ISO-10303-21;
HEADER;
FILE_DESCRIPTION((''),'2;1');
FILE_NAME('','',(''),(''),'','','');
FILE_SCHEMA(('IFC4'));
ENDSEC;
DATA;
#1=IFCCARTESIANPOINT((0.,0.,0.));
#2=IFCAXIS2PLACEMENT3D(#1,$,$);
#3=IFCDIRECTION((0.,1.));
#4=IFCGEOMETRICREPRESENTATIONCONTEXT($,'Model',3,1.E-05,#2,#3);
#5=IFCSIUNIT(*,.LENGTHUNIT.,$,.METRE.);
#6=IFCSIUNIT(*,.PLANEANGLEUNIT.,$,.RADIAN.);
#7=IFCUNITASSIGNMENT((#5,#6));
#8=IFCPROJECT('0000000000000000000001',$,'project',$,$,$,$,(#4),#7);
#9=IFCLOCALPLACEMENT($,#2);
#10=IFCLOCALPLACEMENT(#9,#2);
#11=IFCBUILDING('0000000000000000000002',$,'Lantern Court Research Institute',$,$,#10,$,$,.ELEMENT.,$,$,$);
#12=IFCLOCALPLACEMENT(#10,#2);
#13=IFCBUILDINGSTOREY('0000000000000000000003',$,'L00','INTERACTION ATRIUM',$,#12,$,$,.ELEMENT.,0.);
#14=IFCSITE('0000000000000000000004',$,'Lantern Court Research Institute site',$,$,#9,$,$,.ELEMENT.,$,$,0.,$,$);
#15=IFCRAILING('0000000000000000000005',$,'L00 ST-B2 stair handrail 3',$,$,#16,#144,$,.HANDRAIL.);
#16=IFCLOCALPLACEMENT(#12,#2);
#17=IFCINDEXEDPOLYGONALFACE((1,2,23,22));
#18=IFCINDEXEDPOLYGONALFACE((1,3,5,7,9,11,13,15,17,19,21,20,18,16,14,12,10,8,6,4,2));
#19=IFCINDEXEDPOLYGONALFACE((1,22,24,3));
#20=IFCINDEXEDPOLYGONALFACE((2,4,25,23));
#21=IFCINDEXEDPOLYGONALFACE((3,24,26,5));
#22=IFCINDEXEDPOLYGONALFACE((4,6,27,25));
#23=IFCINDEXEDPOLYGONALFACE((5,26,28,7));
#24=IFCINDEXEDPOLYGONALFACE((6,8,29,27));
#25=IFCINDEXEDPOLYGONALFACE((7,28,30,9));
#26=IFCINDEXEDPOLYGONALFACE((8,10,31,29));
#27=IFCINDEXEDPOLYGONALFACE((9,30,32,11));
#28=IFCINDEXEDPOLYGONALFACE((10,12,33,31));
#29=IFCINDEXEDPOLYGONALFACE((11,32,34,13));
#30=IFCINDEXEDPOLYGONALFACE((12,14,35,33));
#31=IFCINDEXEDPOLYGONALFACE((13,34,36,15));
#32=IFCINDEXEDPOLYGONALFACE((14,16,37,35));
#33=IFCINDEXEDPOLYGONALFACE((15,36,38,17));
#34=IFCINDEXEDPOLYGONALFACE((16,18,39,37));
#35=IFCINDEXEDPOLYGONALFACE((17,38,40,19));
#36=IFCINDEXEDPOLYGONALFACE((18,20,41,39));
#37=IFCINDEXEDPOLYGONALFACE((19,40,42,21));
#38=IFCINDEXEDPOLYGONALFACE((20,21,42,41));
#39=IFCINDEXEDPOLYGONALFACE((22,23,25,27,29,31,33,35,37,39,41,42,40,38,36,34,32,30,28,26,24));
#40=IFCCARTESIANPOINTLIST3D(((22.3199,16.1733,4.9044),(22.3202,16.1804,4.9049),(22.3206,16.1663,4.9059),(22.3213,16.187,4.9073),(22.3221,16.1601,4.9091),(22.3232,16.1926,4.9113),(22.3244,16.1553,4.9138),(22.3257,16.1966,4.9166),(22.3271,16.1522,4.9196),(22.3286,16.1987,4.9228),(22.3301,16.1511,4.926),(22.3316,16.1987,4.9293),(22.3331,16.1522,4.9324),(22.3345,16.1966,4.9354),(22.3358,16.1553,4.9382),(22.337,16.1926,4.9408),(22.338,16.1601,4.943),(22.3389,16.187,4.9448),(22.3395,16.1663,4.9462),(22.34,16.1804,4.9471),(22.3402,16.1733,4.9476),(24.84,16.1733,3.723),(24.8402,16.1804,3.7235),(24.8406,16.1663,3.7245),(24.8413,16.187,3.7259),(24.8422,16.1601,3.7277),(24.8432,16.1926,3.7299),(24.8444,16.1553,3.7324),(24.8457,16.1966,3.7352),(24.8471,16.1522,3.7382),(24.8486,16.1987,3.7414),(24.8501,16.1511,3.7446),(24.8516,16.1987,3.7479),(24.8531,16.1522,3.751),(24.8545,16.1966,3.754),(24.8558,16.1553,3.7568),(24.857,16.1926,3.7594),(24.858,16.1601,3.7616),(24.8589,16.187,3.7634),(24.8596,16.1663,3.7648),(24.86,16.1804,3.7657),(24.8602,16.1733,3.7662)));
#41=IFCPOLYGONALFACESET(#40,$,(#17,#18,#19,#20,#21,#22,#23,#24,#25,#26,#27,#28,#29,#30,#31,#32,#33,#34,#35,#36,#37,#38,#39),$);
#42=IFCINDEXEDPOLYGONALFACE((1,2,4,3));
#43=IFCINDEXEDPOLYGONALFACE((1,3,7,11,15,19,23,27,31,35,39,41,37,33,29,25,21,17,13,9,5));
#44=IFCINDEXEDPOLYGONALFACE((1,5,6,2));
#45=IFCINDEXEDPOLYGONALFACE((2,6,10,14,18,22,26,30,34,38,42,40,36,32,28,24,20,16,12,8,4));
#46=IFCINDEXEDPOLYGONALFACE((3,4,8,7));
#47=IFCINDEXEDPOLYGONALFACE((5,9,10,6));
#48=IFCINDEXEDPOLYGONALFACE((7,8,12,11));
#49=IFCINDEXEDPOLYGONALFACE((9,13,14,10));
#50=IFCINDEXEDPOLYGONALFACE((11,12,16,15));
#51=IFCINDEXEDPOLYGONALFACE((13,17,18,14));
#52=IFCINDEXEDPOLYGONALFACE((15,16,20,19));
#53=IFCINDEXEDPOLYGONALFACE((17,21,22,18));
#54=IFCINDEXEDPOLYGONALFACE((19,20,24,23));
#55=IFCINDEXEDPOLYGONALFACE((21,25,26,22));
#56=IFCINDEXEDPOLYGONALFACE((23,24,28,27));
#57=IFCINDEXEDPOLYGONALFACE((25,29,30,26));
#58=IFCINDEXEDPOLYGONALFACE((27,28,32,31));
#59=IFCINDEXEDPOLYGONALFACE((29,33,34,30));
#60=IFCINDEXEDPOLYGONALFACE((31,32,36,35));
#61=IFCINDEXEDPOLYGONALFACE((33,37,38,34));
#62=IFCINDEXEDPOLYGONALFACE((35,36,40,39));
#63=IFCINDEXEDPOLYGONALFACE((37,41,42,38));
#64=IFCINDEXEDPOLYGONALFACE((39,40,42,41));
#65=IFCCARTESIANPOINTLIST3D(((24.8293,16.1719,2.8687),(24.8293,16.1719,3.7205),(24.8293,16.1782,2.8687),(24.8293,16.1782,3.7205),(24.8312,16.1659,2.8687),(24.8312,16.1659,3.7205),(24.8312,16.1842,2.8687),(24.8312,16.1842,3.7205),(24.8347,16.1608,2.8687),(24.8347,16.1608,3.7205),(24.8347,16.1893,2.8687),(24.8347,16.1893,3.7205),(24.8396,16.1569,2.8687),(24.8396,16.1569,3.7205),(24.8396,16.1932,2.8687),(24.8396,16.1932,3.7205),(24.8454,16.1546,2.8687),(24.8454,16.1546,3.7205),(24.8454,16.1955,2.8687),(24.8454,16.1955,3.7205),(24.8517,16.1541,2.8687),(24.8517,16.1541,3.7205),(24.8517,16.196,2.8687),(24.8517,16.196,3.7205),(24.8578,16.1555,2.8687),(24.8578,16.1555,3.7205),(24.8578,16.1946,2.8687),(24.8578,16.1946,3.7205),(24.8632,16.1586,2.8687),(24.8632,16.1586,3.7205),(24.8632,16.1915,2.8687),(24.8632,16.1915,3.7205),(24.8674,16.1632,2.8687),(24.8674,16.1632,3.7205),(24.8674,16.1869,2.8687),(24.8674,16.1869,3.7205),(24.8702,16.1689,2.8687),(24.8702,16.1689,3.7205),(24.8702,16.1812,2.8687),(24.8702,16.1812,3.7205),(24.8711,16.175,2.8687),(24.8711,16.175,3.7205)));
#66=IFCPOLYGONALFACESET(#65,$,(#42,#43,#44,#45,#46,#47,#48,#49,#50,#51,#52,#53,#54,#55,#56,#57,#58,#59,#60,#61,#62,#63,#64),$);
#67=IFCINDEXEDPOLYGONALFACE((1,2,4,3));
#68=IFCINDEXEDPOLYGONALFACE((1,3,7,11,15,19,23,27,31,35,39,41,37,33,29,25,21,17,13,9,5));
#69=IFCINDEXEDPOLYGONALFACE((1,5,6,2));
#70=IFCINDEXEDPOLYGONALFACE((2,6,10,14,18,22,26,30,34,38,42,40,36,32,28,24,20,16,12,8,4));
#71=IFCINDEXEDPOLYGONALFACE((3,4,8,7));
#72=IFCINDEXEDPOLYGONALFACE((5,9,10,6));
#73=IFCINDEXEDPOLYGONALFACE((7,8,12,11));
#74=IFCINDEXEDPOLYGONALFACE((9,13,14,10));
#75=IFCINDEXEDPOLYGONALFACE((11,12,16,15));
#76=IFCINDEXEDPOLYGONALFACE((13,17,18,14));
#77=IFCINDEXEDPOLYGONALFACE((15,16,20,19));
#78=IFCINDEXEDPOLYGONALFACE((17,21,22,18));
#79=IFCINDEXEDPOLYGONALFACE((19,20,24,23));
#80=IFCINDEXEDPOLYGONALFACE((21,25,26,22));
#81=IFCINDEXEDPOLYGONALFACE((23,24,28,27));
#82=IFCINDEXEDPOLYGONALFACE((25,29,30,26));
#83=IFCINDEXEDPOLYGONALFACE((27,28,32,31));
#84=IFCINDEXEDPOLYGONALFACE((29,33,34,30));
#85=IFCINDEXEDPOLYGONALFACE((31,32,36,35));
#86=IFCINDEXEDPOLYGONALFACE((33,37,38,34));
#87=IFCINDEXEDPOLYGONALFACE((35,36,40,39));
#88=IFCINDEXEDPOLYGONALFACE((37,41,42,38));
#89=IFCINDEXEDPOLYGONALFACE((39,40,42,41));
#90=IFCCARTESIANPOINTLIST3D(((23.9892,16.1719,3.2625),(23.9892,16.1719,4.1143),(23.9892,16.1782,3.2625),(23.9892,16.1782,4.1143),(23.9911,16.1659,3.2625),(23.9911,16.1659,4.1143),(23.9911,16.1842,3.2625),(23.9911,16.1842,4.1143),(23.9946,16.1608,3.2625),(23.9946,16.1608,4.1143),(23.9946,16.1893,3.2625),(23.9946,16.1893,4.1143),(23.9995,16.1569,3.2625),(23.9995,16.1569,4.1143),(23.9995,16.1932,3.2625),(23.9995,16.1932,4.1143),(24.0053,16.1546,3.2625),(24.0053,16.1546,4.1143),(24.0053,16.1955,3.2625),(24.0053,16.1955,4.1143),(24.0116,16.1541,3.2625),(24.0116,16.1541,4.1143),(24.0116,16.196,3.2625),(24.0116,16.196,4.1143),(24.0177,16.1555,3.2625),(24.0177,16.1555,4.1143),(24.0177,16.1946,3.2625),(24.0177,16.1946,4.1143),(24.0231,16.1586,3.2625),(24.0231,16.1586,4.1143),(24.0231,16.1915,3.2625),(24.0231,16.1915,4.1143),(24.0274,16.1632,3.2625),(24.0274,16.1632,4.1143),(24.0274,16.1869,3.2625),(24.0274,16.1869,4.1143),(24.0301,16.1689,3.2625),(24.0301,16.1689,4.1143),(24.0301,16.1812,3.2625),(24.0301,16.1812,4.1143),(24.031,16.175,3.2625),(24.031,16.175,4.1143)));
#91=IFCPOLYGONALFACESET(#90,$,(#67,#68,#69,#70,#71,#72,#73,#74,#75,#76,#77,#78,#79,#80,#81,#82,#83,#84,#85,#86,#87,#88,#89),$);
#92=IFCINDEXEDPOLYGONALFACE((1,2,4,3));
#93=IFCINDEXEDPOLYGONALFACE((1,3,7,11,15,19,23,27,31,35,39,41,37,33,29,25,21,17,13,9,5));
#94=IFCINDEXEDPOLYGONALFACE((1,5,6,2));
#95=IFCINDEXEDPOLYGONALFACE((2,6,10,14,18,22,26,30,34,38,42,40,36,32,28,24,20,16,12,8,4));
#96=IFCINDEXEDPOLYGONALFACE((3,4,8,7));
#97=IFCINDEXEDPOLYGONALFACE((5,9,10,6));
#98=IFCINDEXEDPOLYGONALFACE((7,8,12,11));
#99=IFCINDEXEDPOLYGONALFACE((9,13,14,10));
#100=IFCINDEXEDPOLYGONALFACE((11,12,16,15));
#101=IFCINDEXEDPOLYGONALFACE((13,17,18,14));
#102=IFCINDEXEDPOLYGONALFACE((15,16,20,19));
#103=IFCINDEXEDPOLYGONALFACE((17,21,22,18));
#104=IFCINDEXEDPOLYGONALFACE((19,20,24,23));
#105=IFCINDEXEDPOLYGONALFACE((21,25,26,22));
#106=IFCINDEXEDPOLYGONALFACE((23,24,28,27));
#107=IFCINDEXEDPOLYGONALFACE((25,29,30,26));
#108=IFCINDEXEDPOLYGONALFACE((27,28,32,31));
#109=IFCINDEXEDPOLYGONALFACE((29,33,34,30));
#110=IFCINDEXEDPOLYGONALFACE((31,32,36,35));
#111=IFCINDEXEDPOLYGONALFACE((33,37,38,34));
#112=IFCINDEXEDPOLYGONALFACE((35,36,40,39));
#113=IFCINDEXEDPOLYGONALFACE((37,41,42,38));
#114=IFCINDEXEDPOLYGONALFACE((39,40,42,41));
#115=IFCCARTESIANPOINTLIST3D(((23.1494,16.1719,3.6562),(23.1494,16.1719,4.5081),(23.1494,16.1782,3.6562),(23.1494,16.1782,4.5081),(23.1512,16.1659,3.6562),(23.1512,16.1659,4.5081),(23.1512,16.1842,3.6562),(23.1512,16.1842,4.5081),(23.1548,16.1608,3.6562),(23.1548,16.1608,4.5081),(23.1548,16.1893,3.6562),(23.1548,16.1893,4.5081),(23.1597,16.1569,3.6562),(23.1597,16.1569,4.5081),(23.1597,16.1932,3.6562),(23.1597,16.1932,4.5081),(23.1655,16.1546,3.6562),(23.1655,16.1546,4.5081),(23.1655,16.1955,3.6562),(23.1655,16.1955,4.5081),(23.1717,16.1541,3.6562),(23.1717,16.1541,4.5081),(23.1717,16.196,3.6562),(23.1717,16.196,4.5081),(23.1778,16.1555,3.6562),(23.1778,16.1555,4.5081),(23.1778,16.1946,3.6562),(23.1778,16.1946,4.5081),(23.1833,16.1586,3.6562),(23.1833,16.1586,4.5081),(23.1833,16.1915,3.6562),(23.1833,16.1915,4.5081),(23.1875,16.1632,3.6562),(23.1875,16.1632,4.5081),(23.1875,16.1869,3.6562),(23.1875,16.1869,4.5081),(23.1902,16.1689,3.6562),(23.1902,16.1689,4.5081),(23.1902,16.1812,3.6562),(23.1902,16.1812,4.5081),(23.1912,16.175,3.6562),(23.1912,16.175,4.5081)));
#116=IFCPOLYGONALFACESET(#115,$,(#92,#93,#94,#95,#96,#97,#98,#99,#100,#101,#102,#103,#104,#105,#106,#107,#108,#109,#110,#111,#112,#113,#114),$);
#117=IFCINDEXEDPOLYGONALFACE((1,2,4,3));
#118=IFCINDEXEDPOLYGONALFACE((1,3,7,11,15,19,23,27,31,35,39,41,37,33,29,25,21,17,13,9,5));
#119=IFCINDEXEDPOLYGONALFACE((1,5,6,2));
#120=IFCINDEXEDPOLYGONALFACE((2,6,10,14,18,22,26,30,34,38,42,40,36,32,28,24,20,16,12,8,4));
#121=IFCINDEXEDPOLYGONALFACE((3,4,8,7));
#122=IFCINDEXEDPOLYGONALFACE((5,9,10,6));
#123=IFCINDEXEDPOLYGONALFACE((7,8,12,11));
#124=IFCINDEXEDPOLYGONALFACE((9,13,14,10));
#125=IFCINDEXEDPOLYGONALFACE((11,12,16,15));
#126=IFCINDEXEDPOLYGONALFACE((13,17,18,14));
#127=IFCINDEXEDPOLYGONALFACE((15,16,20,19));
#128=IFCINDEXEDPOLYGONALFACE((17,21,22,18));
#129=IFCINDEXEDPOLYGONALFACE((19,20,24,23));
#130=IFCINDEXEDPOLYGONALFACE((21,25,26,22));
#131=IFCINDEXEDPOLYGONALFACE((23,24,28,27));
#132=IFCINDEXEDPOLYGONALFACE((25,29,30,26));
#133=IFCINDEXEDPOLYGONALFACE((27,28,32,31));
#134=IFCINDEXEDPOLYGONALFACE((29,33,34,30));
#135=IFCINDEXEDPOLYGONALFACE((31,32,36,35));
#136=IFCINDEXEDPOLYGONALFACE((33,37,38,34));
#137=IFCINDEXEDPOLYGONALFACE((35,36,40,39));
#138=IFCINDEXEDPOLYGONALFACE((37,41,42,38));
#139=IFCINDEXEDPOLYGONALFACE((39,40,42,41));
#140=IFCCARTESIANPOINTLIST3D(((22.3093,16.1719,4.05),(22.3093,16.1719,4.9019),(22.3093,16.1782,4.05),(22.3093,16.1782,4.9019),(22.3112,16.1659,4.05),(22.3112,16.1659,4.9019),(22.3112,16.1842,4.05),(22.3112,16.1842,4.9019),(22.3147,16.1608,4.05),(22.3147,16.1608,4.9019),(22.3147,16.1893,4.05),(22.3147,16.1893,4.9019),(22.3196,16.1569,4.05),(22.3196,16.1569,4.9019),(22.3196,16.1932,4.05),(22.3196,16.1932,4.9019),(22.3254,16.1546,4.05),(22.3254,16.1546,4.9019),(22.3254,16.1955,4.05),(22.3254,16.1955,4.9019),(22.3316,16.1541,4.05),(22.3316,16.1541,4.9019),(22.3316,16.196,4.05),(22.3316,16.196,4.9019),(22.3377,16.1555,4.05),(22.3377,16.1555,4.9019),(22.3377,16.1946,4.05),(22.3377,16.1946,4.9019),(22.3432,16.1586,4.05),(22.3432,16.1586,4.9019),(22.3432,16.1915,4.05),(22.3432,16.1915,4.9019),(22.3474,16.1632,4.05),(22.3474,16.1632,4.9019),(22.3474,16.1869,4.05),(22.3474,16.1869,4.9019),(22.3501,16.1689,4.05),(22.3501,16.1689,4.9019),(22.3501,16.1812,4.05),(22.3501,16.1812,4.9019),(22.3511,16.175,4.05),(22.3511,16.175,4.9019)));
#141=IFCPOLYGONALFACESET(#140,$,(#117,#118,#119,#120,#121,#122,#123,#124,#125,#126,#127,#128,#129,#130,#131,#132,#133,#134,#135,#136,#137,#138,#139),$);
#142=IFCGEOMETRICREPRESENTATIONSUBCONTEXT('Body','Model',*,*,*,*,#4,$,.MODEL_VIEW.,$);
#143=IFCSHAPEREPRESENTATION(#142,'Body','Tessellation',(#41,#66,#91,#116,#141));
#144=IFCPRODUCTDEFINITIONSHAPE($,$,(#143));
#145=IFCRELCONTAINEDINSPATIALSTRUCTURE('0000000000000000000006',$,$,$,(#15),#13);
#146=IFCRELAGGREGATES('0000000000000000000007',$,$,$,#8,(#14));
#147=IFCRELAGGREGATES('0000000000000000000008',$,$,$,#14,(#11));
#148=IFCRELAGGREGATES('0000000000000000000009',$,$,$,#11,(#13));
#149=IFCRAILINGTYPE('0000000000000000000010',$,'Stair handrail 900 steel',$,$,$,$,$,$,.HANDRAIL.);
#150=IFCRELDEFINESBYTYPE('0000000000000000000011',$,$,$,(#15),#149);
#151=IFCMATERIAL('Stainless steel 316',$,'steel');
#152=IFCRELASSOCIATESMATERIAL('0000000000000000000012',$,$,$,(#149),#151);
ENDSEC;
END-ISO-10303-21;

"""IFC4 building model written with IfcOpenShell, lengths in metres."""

from ifc_helpers import new_model, si_unit, direction, frame, origin, origin_2d, place, context, subcontext, project, spatial, circle, extrude, material, type_object, element, save


model = new_model("IFC4")

# Units and contexts
model_context = context("Model", 3, precision=1e-05, world=origin(), true_north=direction((0.0, 1.0)))
body_context = subcontext(model_context, "Body", "Model", "MODEL_VIEW")
ifc_project = project(units=[si_unit("LENGTHUNIT", "METRE"), si_unit("PLANEANGLEUNIT", "RADIAN")], contexts=[model_context])

# Site, building, storey
site_placement = place(None, origin())
site = spatial("IfcSite", under=ifc_project, at=site_placement, Name="Lantern Court Research Institute site", CompositionType="ELEMENT", RefElevation=0.0)
building_placement = place(site_placement, origin())
building = spatial("IfcBuilding", under=site, at=building_placement, Name="Lantern Court Research Institute", CompositionType="ELEMENT")
storey_placement = place(building_placement, origin())
storey = spatial("IfcBuildingStorey", under=building, at=storey_placement, Name="L00", Description="INTERACTION ATRIUM", CompositionType="ELEMENT", Elevation=0.0)

# Railing
ifc_material_1 = material(Name="Stainless steel 316", Category="steel")
railing_type_1 = type_object("IfcRailingType", Name="Stair handrail 900 steel", PredefinedType="HANDRAIL", material=ifc_material_1)
for number, where, name in (
    (1, (24.8501, 16.175, 2.8687), "L00 ST-B2 stair handrail 3"),
):
    element("IfcRailing", number, at=place(storey_placement, frame(where)), inside=storey, type_object=railing_type_1, Name=name, PredefinedType="HANDRAIL", context=body_context, shape_type="SweptSolid", body=[
        extrude(circle(Radius=0.0239, at=origin_2d()), frame((0.0, 0.0, 0.876), z_axis=(-0.90544, 0.0, 0.424474), x_axis=(0.0, -1.0, 0.0)), (0.0, 0.0, 1.0), 2.7832),
        extrude(circle(Radius=0.021, at=origin_2d()), origin(), (0.0, 0.0, 1.0), 0.8518),
        extrude(circle(Radius=0.021, at=origin_2d()), frame((-0.8401, 0.0, 0.3938)), (0.0, 0.0, 1.0), 0.8518),
        extrude(circle(Radius=0.021, at=origin_2d()), frame((-1.6799, 0.0, 0.7876)), (0.0, 0.0, 1.0), 0.8518),
        extrude(circle(Radius=0.021, at=origin_2d()), frame((-2.52, 0.0, 1.1814)), (0.0, 0.0, 1.0), 0.8518),
    ])

save(model, "model.ifc")
